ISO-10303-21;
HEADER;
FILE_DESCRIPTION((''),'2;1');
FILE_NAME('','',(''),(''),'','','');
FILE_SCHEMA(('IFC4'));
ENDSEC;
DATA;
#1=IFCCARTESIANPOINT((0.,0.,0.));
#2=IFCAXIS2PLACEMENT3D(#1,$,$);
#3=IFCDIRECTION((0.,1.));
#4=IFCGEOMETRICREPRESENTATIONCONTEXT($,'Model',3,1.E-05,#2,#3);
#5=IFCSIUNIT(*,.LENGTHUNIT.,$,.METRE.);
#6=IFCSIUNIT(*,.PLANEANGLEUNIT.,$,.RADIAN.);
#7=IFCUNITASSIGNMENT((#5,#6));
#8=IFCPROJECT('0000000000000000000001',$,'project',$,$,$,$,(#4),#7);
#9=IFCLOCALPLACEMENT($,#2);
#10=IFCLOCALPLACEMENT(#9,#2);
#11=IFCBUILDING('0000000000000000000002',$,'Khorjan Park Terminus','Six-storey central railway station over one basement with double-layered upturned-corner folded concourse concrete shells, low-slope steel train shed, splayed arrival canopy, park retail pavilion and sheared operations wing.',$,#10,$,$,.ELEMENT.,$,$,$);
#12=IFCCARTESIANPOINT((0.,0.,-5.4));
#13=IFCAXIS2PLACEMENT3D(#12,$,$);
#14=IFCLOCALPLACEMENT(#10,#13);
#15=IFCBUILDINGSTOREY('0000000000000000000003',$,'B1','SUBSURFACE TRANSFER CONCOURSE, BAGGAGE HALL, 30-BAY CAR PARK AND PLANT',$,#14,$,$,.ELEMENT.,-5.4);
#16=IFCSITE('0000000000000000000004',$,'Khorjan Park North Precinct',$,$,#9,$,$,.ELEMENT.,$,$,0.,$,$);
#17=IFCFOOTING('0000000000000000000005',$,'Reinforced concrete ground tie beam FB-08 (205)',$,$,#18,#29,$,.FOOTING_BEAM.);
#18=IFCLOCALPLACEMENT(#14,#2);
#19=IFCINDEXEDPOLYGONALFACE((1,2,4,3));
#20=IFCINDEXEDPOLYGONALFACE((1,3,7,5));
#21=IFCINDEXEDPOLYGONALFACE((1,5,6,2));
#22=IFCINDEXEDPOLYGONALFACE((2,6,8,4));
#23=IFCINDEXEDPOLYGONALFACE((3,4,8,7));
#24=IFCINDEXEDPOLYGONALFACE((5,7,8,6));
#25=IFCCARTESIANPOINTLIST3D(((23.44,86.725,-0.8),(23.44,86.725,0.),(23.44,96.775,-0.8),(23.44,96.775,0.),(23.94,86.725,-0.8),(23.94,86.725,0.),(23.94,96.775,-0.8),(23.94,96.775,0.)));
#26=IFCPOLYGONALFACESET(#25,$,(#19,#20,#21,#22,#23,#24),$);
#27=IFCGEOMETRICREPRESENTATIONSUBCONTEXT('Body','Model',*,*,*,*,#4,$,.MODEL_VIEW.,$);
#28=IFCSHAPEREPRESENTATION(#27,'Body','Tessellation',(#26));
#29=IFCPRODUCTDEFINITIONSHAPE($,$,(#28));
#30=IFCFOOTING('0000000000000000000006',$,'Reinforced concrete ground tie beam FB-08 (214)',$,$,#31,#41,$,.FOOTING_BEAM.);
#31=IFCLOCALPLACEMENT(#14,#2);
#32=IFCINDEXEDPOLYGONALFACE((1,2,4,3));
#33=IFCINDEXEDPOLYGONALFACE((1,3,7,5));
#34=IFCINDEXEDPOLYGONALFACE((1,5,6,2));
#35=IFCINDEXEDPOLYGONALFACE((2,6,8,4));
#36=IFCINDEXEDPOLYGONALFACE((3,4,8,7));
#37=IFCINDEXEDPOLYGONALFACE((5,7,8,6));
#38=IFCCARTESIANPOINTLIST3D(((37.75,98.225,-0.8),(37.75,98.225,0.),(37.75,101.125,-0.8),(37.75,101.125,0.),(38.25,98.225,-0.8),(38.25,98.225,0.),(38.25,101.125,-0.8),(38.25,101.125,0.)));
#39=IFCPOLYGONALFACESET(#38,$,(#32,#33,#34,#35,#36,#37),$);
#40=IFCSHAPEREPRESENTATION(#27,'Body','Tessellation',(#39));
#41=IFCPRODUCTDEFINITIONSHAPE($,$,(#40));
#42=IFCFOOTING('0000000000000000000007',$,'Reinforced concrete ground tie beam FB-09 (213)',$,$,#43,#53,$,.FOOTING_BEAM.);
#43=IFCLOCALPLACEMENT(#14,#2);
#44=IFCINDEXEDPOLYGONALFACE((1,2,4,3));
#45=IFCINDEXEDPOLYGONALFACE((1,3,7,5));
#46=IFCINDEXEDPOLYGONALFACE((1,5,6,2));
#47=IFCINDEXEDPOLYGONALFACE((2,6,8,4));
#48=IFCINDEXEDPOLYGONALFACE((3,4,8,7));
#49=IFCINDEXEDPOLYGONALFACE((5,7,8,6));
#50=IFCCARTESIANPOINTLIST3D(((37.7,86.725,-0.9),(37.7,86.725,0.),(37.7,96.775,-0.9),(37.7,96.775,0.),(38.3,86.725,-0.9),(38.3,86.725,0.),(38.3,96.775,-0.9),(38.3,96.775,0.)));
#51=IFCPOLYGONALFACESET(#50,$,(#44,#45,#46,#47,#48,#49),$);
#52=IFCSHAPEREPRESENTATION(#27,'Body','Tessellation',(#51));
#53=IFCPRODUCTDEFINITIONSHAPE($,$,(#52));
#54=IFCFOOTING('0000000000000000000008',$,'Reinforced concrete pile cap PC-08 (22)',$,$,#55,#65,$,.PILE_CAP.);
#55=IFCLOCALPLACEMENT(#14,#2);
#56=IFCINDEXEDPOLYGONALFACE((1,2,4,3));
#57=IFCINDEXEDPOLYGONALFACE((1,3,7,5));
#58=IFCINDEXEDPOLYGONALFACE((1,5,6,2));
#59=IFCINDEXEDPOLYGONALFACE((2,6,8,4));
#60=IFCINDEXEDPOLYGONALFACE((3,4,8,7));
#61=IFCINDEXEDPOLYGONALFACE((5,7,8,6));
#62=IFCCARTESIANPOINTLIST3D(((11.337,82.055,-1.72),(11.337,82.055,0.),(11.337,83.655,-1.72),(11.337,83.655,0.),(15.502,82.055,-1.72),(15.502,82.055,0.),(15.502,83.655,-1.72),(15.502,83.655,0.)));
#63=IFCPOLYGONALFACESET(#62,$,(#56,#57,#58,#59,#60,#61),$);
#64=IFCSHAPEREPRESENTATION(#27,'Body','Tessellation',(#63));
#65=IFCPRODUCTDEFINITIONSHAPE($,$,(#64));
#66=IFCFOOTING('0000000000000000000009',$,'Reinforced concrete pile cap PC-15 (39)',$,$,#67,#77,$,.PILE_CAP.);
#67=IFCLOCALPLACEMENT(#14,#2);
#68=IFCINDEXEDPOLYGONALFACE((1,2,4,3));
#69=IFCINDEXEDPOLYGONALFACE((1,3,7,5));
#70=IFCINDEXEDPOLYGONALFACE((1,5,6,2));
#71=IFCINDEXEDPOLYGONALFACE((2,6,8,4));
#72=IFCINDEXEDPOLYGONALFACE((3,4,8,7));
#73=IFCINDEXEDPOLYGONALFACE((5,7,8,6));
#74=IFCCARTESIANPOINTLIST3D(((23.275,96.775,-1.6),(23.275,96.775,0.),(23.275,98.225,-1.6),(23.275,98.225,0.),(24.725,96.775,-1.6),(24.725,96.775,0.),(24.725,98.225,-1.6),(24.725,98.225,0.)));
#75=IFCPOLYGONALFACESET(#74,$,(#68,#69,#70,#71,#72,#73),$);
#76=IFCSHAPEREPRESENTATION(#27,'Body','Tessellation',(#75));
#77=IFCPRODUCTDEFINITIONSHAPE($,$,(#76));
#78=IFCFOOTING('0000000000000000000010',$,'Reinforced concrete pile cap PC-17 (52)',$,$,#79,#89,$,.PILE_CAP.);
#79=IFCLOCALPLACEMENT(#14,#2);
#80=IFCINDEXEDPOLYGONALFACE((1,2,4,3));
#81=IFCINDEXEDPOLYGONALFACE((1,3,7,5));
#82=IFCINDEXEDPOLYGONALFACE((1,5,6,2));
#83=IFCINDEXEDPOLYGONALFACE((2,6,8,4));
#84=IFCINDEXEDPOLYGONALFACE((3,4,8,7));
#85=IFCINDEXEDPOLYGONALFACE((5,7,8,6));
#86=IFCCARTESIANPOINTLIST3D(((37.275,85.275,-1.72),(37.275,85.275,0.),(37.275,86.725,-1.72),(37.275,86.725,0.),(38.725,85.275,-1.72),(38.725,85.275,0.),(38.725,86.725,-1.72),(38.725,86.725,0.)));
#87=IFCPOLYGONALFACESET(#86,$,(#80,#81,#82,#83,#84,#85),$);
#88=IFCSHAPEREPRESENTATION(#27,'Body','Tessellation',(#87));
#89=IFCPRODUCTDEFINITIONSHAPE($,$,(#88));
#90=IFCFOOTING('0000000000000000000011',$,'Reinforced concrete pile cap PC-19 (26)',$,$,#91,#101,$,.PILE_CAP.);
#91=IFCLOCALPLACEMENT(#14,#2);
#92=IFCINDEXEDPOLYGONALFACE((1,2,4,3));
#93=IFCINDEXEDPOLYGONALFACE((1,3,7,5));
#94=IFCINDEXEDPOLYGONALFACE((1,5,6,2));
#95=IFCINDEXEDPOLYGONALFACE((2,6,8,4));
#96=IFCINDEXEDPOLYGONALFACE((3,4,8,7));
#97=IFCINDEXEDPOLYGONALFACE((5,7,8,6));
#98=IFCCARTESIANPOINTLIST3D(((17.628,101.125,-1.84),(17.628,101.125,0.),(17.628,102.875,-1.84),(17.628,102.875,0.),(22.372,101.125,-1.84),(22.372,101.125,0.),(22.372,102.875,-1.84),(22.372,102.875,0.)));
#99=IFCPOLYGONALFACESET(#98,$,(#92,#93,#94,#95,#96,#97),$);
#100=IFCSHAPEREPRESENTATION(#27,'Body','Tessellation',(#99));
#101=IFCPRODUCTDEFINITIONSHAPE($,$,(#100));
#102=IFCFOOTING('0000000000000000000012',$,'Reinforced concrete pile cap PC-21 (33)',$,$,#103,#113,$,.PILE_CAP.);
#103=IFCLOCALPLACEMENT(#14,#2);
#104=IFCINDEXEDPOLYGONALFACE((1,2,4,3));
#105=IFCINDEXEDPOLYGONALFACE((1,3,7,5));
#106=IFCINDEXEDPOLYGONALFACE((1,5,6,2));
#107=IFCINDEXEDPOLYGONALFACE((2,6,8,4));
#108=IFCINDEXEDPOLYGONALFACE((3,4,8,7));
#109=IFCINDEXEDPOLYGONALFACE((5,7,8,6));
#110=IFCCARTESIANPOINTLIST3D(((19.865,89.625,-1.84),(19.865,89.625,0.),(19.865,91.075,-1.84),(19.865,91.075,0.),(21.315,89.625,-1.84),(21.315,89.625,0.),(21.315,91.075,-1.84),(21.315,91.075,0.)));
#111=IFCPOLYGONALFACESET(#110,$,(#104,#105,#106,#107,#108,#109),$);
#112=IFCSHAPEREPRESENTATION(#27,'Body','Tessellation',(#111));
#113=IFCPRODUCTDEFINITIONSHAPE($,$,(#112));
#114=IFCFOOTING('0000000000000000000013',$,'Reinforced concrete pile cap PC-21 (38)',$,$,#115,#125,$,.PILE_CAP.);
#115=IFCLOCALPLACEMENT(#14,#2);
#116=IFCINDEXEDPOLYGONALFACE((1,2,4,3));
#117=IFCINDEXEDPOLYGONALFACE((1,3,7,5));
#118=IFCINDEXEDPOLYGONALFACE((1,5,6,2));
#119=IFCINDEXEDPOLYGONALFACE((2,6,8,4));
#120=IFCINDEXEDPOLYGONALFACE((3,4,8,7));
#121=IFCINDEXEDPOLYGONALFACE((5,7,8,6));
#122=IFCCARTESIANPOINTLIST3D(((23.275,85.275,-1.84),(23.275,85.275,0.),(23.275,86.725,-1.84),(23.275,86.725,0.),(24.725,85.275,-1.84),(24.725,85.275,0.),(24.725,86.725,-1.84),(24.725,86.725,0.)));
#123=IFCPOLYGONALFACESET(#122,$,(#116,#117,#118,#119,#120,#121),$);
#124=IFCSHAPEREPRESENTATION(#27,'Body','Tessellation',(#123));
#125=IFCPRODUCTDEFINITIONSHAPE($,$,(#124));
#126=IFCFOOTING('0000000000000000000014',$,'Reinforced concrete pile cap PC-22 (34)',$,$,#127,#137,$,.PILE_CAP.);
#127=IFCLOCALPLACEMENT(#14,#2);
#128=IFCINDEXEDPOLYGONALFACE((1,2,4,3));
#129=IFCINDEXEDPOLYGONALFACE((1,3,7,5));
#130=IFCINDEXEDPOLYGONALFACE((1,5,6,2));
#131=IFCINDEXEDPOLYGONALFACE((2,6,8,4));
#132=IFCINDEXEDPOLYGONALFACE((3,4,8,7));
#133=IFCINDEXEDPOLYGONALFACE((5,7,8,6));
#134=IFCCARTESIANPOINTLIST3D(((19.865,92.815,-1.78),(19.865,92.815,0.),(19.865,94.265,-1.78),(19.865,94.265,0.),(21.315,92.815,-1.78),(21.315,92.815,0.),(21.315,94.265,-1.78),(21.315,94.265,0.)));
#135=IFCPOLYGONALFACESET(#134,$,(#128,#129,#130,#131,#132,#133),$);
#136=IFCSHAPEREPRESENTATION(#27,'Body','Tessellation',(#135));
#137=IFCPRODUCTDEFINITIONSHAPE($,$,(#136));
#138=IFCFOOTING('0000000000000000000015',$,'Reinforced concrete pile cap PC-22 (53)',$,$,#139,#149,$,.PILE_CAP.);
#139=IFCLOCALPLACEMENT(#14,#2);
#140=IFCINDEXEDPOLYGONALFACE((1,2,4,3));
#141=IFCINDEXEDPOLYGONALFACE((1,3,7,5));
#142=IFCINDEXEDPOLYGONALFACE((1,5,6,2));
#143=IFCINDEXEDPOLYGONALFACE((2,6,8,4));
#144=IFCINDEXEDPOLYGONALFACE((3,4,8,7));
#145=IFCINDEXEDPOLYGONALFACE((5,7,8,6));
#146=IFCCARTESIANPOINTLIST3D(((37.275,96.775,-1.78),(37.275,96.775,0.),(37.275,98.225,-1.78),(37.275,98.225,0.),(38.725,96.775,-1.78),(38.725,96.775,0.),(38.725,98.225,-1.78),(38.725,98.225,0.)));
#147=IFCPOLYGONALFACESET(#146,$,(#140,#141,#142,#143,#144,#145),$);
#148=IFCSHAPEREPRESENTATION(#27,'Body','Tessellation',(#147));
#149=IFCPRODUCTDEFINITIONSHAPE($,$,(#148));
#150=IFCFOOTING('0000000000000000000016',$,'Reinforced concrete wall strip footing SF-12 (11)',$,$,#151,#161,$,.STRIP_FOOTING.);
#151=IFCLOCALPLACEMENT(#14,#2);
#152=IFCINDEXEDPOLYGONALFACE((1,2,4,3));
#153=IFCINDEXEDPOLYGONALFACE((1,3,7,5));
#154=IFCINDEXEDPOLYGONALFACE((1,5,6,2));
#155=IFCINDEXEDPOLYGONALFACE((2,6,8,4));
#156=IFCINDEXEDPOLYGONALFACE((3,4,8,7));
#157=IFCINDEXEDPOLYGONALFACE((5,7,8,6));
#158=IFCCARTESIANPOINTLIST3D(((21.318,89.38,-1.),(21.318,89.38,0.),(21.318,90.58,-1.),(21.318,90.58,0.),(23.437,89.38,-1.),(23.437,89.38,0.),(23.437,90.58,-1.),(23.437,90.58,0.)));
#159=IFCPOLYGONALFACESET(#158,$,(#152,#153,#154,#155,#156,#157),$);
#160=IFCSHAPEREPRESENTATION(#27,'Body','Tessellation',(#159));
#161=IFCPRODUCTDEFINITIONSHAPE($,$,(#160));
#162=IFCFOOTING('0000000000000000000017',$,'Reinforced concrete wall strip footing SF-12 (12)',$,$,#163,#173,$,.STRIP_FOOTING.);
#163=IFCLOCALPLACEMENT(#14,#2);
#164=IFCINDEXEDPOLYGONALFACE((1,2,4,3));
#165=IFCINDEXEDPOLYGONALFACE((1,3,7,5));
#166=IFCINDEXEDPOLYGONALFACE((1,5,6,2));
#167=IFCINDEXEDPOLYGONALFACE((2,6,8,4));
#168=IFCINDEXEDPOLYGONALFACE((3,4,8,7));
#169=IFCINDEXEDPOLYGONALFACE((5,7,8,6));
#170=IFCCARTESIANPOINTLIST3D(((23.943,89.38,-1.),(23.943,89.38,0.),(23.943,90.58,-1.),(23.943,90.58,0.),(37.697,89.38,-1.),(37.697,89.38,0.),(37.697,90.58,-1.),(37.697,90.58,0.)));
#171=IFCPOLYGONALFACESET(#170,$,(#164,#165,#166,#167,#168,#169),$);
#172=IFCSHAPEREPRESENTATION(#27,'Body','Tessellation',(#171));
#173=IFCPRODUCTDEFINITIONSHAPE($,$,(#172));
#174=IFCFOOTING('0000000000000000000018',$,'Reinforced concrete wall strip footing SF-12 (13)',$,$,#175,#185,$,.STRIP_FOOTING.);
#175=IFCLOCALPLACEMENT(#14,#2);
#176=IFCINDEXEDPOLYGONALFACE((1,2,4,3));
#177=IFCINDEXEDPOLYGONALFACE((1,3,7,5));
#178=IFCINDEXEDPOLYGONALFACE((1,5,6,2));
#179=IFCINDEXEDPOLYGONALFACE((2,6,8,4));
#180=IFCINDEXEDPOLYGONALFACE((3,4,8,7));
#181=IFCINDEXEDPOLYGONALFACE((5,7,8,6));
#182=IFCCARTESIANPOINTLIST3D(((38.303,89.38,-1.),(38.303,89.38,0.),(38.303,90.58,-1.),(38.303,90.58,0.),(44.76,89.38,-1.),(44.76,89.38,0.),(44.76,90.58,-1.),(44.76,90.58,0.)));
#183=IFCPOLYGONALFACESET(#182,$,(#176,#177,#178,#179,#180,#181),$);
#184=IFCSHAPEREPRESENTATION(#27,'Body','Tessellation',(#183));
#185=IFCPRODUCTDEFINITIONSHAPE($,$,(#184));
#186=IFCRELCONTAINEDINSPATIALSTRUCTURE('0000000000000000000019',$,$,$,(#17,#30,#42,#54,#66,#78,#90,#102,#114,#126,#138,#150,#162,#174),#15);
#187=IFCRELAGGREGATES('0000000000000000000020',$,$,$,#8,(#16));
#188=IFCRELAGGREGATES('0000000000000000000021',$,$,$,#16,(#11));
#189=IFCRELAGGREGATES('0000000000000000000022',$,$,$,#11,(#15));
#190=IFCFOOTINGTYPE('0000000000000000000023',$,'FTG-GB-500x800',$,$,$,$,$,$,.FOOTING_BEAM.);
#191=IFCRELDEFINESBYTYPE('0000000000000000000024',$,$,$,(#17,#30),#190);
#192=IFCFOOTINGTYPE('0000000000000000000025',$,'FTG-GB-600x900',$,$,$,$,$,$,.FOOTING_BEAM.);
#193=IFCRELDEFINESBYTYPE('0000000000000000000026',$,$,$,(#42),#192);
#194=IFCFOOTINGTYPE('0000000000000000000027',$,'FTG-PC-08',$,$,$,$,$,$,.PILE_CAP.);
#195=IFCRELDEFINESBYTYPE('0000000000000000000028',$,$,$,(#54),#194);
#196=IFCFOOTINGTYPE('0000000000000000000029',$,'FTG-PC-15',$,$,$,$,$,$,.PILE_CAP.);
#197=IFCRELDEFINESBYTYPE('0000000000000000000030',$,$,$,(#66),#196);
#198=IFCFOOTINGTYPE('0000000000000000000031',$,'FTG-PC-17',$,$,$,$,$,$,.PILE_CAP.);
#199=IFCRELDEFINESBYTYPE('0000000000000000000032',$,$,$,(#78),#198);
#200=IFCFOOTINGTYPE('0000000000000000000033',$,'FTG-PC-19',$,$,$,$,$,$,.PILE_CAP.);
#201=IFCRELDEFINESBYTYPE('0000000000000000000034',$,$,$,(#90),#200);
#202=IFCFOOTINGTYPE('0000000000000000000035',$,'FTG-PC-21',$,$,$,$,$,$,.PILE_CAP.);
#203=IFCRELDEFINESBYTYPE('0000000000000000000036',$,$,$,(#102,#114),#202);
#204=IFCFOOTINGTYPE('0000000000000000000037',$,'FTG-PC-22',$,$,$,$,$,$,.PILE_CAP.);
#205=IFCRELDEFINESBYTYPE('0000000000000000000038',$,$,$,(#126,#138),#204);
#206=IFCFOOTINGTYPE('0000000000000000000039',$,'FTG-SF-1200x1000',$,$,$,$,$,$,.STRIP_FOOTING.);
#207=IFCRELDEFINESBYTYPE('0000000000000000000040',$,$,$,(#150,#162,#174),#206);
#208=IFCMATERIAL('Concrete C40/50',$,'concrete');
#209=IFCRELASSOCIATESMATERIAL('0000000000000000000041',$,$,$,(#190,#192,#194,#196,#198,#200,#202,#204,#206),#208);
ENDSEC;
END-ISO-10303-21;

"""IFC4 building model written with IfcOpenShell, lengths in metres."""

from ifc_helpers import new_model, si_unit, direction, frame, origin, origin_2d, place, context, subcontext, project, spatial, rectangle, extrude, material, material_profile, profile_set, type_object, element, save


model = new_model("IFC4")

# Units and contexts
model_context = context("Model", 3, precision=1e-05, world=origin(), true_north=direction((0.0, 1.0)))
body_context = subcontext(model_context, "Body", "Model", "MODEL_VIEW")
ifc_project = project(units=[si_unit("LENGTHUNIT", "METRE"), si_unit("PLANEANGLEUNIT", "RADIAN")], contexts=[model_context])

# Site, building, storey
site_placement = place(None, origin())
site = spatial("IfcSite", under=ifc_project, at=site_placement, Name="Khorjan Park North Precinct", CompositionType="ELEMENT", RefElevation=0.0)
building_placement = place(site_placement, origin())
building = spatial("IfcBuilding", under=site, at=building_placement, Name="Khorjan Park Terminus", Description="Six-storey central railway station over one basement with double-layered upturned-corner folded concourse concrete shells, low-slope steel train shed, splayed arrival canopy, park retail pavilion and sheared operations wing.", CompositionType="ELEMENT")
storey_placement = place(building_placement, frame((0.0, 0.0, -5.4)))
storey = spatial("IfcBuildingStorey", under=building, at=storey_placement, Name="B1", Description="SUBSURFACE TRANSFER CONCOURSE, BAGGAGE HALL, 30-BAY CAR PARK AND PLANT", CompositionType="ELEMENT", Elevation=-5.4)

# Footings
ifc_material_1 = material(Name="Concrete C40/50", Category="concrete")
ifc_material_profile_1 = material_profile(ifc_material_1, rectangle(XDim=0.5, YDim=0.8, at=origin_2d()), Name="RC 500x800")
ifc_profile_set_1 = profile_set([ifc_material_profile_1], Name="Concrete C40/50")
footing_type_1 = type_object("IfcFootingType", Name="FTG-GB-500x800", PredefinedType="FOOTING_BEAM", material=ifc_profile_set_1)
footing_1_placement = place(storey_placement, frame((23.69, 86.725, -0.4), z_axis=(0.0, 1.0, 0.0), x_axis=(-1.0, 0.0, 0.0)))
element("IfcFooting", 1, at=footing_1_placement, inside=storey, type_object=footing_type_1, Name="Reinforced concrete ground tie beam FB-08 (205)", PredefinedType="FOOTING_BEAM", context=body_context, shape_type="SweptSolid", body=[
    extrude(rectangle(XDim=0.5, YDim=0.8, at=origin_2d()), origin(), (0.0, 0.0, 1.0), 10.05),
])
footing_2_placement = place(storey_placement, frame((38.0, 98.225, -0.4), z_axis=(0.0, 1.0, 0.0), x_axis=(-1.0, 0.0, 0.0)))
element("IfcFooting", 2, at=footing_2_placement, inside=storey, type_object=footing_type_1, Name="Reinforced concrete ground tie beam FB-08 (214)", PredefinedType="FOOTING_BEAM", context=body_context, shape_type="SweptSolid", body=[
    extrude(rectangle(XDim=0.5, YDim=0.8, at=origin_2d()), origin(), (0.0, 0.0, 1.0), 2.9),
])
ifc_material_profile_2 = material_profile(ifc_material_1, rectangle(XDim=0.6, YDim=0.9, at=origin_2d()), Name="RC 600x900")
ifc_profile_set_2 = profile_set([ifc_material_profile_2], Name="Concrete C40/50")
footing_type_2 = type_object("IfcFootingType", Name="FTG-GB-600x900", PredefinedType="FOOTING_BEAM", material=ifc_profile_set_2)
footing_3_placement = place(storey_placement, frame((38.0, 86.725, -0.45), z_axis=(0.0, 1.0, 0.0), x_axis=(-1.0, 0.0, 0.0)))
element("IfcFooting", 3, at=footing_3_placement, inside=storey, type_object=footing_type_2, Name="Reinforced concrete ground tie beam FB-09 (213)", PredefinedType="FOOTING_BEAM", context=body_context, shape_type="SweptSolid", body=[
    extrude(rectangle(XDim=0.6, YDim=0.9, at=origin_2d()), origin(), (0.0, 0.0, 1.0), 10.05),
])
footing_type_3 = type_object("IfcFootingType", Name="FTG-PC-08", PredefinedType="PILE_CAP", material=ifc_material_1)
footing_4_placement = place(storey_placement, frame((13.4195, 82.855, -1.72), z_axis=(0.0, 0.0, 1.0), x_axis=(1.0, 0.0, 0.0)))
element("IfcFooting", 4, at=footing_4_placement, inside=storey, type_object=footing_type_3, Name="Reinforced concrete pile cap PC-08 (22)", PredefinedType="PILE_CAP", context=body_context, shape_type="SweptSolid", body=[
    extrude(rectangle(XDim=4.165, YDim=1.6, at=origin_2d()), origin(), (0.0, 0.0, 1.0), 1.72),
])
footing_type_4 = type_object("IfcFootingType", Name="FTG-PC-15", PredefinedType="PILE_CAP", material=ifc_material_1)
footing_5_placement = place(storey_placement, frame((24.0, 97.5, -1.6), z_axis=(0.0, 0.0, 1.0), x_axis=(1.0, 0.0, 0.0)))
element("IfcFooting", 5, at=footing_5_placement, inside=storey, type_object=footing_type_4, Name="Reinforced concrete pile cap PC-15 (39)", PredefinedType="PILE_CAP", context=body_context, shape_type="SweptSolid", body=[
    extrude(rectangle(XDim=1.45, YDim=1.45, at=origin_2d()), origin(), (0.0, 0.0, 1.0), 1.6),
])
footing_type_5 = type_object("IfcFootingType", Name="FTG-PC-17", PredefinedType="PILE_CAP", material=ifc_material_1)
footing_6_placement = place(storey_placement, frame((38.0, 86.0, -1.72), z_axis=(0.0, 0.0, 1.0), x_axis=(1.0, 0.0, 0.0)))
element("IfcFooting", 6, at=footing_6_placement, inside=storey, type_object=footing_type_5, Name="Reinforced concrete pile cap PC-17 (52)", PredefinedType="PILE_CAP", context=body_context, shape_type="SweptSolid", body=[
    extrude(rectangle(XDim=1.45, YDim=1.45, at=origin_2d()), origin(), (0.0, 0.0, 1.0), 1.72),
])
footing_type_6 = type_object("IfcFootingType", Name="FTG-PC-19", PredefinedType="PILE_CAP", material=ifc_material_1)
footing_7_placement = place(storey_placement, frame((20.0, 102.0, -1.84), z_axis=(0.0, 0.0, 1.0), x_axis=(1.0, 0.0, 0.0)))
element("IfcFooting", 7, at=footing_7_placement, inside=storey, type_object=footing_type_6, Name="Reinforced concrete pile cap PC-19 (26)", PredefinedType="PILE_CAP", context=body_context, shape_type="SweptSolid", body=[
    extrude(rectangle(XDim=4.744, YDim=1.75, at=origin_2d()), origin(), (0.0, 0.0, 1.0), 1.84),
])
footing_type_7 = type_object("IfcFootingType", Name="FTG-PC-21", PredefinedType="PILE_CAP", material=ifc_material_1)
for number, where, z_axis, x_axis, name in (
    (8, (20.59, 90.35, -1.84), (0.0, 0.0, 1.0), (1.0, 0.0, 0.0), "Reinforced concrete pile cap PC-21 (33)"),
    (9, (24.0, 86.0, -1.84), (0.0, 0.0, 1.0), (1.0, 0.0, 0.0), "Reinforced concrete pile cap PC-21 (38)"),
):
    element("IfcFooting", number, at=place(storey_placement, frame(where, z_axis=z_axis, x_axis=x_axis)), inside=storey, type_object=footing_type_7, Name=name, PredefinedType="PILE_CAP", context=body_context, shape_type="SweptSolid", body=[
        extrude(rectangle(XDim=1.45, YDim=1.45, at=origin_2d()), origin(), (0.0, 0.0, 1.0), 1.84),
    ])
footing_type_8 = type_object("IfcFootingType", Name="FTG-PC-22", PredefinedType="PILE_CAP", material=ifc_material_1)
for number, where, z_axis, x_axis, name in (
    (10, (20.59, 93.54, -1.78), (0.0, 0.0, 1.0), (1.0, 0.0, 0.0), "Reinforced concrete pile cap PC-22 (34)"),
    (11, (38.0, 97.5, -1.78), (0.0, 0.0, 1.0), (1.0, 0.0, 0.0), "Reinforced concrete pile cap PC-22 (53)"),
):
    element("IfcFooting", number, at=place(storey_placement, frame(where, z_axis=z_axis, x_axis=x_axis)), inside=storey, type_object=footing_type_8, Name=name, PredefinedType="PILE_CAP", context=body_context, shape_type="SweptSolid", body=[
        extrude(rectangle(XDim=1.45, YDim=1.45, at=origin_2d()), origin(), (0.0, 0.0, 1.0), 1.78),
    ])
ifc_material_profile_3 = material_profile(ifc_material_1, rectangle(XDim=1.2, YDim=1.0, at=origin_2d()), Name="RC 1200x1000")
ifc_profile_set_3 = profile_set([ifc_material_profile_3], Name="Concrete C40/50")
footing_type_9 = type_object("IfcFootingType", Name="FTG-SF-1200x1000", PredefinedType="STRIP_FOOTING", material=ifc_profile_set_3)
footing_8_placement = place(storey_placement, frame((21.318, 89.98, -0.5), z_axis=(1.0, 0.0, 0.0), x_axis=(0.0, 1.0, 0.0)))
element("IfcFooting", 12, at=footing_8_placement, inside=storey, type_object=footing_type_9, Name="Reinforced concrete wall strip footing SF-12 (11)", PredefinedType="STRIP_FOOTING", context=body_context, shape_type="SweptSolid", body=[
    extrude(rectangle(XDim=1.2, YDim=1.0, at=origin_2d()), origin(), (0.0, 0.0, 1.0), 2.119),
])
footing_9_placement = place(storey_placement, frame((23.943, 89.98, -0.5), z_axis=(1.0, 0.0, 0.0), x_axis=(0.0, 1.0, 0.0)))
element("IfcFooting", 13, at=footing_9_placement, inside=storey, type_object=footing_type_9, Name="Reinforced concrete wall strip footing SF-12 (12)", PredefinedType="STRIP_FOOTING", context=body_context, shape_type="SweptSolid", body=[
    extrude(rectangle(XDim=1.2, YDim=1.0, at=origin_2d()), origin(), (0.0, 0.0, 1.0), 13.754),
])
footing_10_placement = place(storey_placement, frame((38.303, 89.98, -0.5), z_axis=(1.0, 0.0, 0.0), x_axis=(0.0, 1.0, 0.0)))
element("IfcFooting", 14, at=footing_10_placement, inside=storey, type_object=footing_type_9, Name="Reinforced concrete wall strip footing SF-12 (13)", PredefinedType="STRIP_FOOTING", context=body_context, shape_type="SweptSolid", body=[
    extrude(rectangle(XDim=1.2, YDim=1.0, at=origin_2d()), origin(), (0.0, 0.0, 1.0), 6.457),
])

save(model, "model.ifc")
